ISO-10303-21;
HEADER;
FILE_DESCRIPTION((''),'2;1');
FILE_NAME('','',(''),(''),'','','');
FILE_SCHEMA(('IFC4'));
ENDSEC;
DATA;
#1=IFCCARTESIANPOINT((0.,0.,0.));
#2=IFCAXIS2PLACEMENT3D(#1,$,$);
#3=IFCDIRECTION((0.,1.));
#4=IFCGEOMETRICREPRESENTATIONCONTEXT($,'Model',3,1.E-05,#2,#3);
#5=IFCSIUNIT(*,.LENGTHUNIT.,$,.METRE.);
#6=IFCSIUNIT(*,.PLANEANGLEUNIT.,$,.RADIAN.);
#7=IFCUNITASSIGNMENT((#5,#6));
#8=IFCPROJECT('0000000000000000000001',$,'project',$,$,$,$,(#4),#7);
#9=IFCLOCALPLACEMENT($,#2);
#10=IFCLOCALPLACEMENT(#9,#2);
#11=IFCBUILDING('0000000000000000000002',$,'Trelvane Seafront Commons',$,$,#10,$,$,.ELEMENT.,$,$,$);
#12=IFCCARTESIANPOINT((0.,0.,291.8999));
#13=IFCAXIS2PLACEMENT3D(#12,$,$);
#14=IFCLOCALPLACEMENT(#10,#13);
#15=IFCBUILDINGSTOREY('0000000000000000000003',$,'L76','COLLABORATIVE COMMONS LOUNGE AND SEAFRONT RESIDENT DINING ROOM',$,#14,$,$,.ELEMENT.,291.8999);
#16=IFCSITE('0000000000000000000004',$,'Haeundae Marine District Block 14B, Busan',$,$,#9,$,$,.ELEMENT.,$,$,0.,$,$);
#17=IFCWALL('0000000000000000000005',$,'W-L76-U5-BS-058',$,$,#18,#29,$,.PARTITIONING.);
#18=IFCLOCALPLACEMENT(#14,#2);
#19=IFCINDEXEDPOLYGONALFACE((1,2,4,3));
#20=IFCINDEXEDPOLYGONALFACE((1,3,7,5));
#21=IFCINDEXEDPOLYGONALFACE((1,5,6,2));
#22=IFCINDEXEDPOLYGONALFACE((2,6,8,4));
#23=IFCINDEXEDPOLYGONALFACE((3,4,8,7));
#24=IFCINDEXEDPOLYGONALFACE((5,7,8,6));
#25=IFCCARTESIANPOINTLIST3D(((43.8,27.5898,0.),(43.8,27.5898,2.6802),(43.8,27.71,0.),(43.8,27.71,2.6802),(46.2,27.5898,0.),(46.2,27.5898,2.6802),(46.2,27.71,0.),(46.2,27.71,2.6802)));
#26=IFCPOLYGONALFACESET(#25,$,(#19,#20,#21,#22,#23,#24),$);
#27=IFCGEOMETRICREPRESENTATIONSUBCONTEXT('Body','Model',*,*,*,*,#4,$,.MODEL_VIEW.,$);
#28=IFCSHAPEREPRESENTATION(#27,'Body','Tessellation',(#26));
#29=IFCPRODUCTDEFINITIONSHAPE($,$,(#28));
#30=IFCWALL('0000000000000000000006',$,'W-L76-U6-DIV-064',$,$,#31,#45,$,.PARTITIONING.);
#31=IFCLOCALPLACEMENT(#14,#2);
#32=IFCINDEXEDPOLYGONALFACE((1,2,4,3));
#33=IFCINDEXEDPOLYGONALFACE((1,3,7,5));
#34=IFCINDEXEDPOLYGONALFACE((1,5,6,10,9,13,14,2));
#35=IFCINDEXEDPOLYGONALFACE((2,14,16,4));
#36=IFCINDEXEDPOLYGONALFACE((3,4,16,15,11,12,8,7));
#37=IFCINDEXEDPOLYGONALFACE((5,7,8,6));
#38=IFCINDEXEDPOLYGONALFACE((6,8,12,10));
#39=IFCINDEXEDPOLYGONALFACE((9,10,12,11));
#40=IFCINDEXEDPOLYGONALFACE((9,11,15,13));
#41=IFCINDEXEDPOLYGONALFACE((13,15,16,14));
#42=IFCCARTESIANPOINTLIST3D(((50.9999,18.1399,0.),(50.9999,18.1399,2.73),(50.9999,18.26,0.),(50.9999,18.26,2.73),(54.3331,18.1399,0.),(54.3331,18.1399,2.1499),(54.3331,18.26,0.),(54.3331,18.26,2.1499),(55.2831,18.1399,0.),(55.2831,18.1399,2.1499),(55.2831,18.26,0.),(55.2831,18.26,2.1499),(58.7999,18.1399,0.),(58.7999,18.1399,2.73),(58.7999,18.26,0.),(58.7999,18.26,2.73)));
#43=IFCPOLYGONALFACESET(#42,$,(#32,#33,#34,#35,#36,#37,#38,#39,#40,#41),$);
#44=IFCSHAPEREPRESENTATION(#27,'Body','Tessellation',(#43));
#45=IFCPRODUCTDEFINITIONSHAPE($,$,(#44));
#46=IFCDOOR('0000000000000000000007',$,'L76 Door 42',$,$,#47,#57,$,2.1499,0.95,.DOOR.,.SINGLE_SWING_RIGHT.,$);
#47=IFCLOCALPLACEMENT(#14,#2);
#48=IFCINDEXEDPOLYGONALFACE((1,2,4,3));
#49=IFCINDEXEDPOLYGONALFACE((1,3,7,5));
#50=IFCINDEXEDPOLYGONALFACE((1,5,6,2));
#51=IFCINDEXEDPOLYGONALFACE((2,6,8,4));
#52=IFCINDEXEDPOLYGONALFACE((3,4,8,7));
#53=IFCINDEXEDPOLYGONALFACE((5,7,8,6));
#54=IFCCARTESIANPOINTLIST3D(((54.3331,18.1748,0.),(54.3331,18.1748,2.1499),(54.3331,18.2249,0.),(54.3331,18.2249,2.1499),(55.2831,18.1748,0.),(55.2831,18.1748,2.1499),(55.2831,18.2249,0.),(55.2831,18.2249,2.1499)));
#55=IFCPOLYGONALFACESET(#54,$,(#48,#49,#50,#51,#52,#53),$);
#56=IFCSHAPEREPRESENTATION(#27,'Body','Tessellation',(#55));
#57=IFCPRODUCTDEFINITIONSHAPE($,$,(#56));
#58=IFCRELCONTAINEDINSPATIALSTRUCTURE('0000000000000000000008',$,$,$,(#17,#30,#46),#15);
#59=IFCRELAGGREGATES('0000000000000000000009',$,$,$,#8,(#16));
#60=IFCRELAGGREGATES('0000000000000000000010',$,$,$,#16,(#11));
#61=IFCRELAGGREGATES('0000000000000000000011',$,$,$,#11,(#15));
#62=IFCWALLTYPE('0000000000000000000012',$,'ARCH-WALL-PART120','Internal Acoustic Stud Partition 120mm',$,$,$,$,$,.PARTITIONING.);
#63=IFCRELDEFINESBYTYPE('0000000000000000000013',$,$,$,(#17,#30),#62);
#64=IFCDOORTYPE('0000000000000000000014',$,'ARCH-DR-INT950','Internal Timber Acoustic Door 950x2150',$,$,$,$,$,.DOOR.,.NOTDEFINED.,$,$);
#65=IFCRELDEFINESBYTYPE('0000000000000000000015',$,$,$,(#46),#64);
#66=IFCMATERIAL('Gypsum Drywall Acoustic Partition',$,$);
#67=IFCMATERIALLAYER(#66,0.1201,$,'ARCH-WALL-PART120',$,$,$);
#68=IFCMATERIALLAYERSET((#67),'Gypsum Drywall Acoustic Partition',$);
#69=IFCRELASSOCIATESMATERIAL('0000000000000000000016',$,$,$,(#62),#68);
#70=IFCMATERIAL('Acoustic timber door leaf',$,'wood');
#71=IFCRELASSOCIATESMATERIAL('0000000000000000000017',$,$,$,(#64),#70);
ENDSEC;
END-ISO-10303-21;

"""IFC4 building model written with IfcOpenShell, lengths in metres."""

from ifc_helpers import new_model, si_unit, direction, frame, frame_2d, origin, place, context, subcontext, project, spatial, rectangle, extrude, source, transform, mapped, material, layer, layer_set, type_object, element, fill, save


model = new_model("IFC4")

# Units and contexts
model_context = context("Model", 3, precision=1e-05, world=origin(), true_north=direction((0.0, 1.0)))
body_context = subcontext(model_context, "Body", "Model", "MODEL_VIEW")
ifc_project = project(units=[si_unit("LENGTHUNIT", "METRE"), si_unit("PLANEANGLEUNIT", "RADIAN")], contexts=[model_context])

# Site, building, storey
site_placement = place(None, origin())
site = spatial("IfcSite", under=ifc_project, at=site_placement, Name="Haeundae Marine District Block 14B, Busan", CompositionType="ELEMENT", RefElevation=0.0)
building_placement = place(site_placement, origin())
building = spatial("IfcBuilding", under=site, at=building_placement, Name="Trelvane Seafront Commons", CompositionType="ELEMENT")
storey_placement = place(building_placement, frame((0.0, 0.0, 291.8999)))
storey = spatial("IfcBuildingStorey", under=building, at=storey_placement, Name="L76", Description="COLLABORATIVE COMMONS LOUNGE AND SEAFRONT RESIDENT DINING ROOM", CompositionType="ELEMENT", Elevation=291.8999)

# Shared definitions
ifc_material_1 = material(Name="Gypsum Drywall Acoustic Partition")
ifc_layer = layer(ifc_material_1, 0.1201, Name="ARCH-WALL-PART120")
ifc_layer_set = layer_set([ifc_layer], Name="Gypsum Drywall Acoustic Partition")
wall_type = type_object("IfcWallType", Name="ARCH-WALL-PART120", Description="Internal Acoustic Stud Partition 120mm", PredefinedType="PARTITIONING", material=ifc_layer_set)
ifc_material_2 = material(Name="Acoustic timber door leaf", Category="wood")
door_type = type_object("IfcDoorType", Name="ARCH-DR-INT950", Description="Internal Timber Acoustic Door 950x2150", OperationType="NOTDEFINED", PredefinedType="DOOR", material=ifc_material_2)
shared_shape_1 = source(origin(), body_context, "Body", "SweptSolid", [
    extrude(rectangle(XDim=0.95, YDim=2.1499, at=frame_2d((0.4751, 1.075))), frame((0.0, 0.0249, 0.0), z_axis=(0.0, -1.0, 0.0), x_axis=(1.0, 0.0, 0.0)), (0.0, 0.0, 1.0), 0.05),
])

# Wall
wall_1_placement = place(storey_placement, frame((43.8, 27.6499, 0.0), z_axis=(0.0, 0.0, 1.0), x_axis=(1.0, 0.0, 0.0)))
element("IfcWall", 1, at=wall_1_placement, inside=storey, type_object=wall_type, Name="W-L76-U5-BS-058", PredefinedType="PARTITIONING", context=body_context, shape_type="SweptSolid", body=[
    extrude(rectangle(XDim=2.3999, YDim=0.1201, at=frame_2d((1.2, 0.0))), origin(), (0.0, 0.0, 1.0), 2.6802),
])

# Wall, opening, door
wall_2_placement = place(storey_placement, frame((51.0, 18.2, 0.0), z_axis=(0.0, 0.0, 1.0), x_axis=(1.0, 0.0, 0.0)))
wall_2 = element("IfcWall", 2, at=wall_2_placement, inside=storey, type_object=wall_type, Name="W-L76-U6-DIV-064", PredefinedType="PARTITIONING", context=body_context, shape_type="SweptSolid", body=[
    extrude(rectangle(XDim=7.8, YDim=0.1201, at=frame_2d((3.8999, 0.0))), origin(), (0.0, 0.0, 1.0), 2.73),
])
opening_1_placement = place(wall_2_placement, frame((3.333, 0.0, 0.0)))
opening_1 = element("IfcOpeningElement", 3, at=opening_1_placement, cuts=wall_2, PredefinedType="OPENING", context=body_context, shape_type="SweptSolid", body=[
    extrude(rectangle(XDim=0.95, YDim=2.1499, at=frame_2d((0.4751, 1.075))), frame((0.0, 0.0701, 0.0), z_axis=(0.0, -1.0, 0.0), x_axis=(1.0, 0.0, 0.0)), (0.0, 0.0, 1.0), 0.1401),
])
door_1_placement = place(opening_1_placement, origin())
door_1 = element("IfcDoor", 4, at=door_1_placement, inside=storey, type_object=door_type, Name="L76 Door 42", OperationType="SINGLE_SWING_RIGHT", OverallHeight=2.1499, OverallWidth=0.95, PredefinedType="DOOR", context=body_context, shape_type="MappedRepresentation", body=[
    mapped(shared_shape_1, transform((0.0, 0.0, 0.0), x_axis=(1.0, 0.0, 0.0), y_axis=(0.0, 1.0, 0.0), z_axis=(0.0, 0.0, 1.0), scale=1.0)),
])
fill(opening_1, door_1)

save(model, "model.ifc")
